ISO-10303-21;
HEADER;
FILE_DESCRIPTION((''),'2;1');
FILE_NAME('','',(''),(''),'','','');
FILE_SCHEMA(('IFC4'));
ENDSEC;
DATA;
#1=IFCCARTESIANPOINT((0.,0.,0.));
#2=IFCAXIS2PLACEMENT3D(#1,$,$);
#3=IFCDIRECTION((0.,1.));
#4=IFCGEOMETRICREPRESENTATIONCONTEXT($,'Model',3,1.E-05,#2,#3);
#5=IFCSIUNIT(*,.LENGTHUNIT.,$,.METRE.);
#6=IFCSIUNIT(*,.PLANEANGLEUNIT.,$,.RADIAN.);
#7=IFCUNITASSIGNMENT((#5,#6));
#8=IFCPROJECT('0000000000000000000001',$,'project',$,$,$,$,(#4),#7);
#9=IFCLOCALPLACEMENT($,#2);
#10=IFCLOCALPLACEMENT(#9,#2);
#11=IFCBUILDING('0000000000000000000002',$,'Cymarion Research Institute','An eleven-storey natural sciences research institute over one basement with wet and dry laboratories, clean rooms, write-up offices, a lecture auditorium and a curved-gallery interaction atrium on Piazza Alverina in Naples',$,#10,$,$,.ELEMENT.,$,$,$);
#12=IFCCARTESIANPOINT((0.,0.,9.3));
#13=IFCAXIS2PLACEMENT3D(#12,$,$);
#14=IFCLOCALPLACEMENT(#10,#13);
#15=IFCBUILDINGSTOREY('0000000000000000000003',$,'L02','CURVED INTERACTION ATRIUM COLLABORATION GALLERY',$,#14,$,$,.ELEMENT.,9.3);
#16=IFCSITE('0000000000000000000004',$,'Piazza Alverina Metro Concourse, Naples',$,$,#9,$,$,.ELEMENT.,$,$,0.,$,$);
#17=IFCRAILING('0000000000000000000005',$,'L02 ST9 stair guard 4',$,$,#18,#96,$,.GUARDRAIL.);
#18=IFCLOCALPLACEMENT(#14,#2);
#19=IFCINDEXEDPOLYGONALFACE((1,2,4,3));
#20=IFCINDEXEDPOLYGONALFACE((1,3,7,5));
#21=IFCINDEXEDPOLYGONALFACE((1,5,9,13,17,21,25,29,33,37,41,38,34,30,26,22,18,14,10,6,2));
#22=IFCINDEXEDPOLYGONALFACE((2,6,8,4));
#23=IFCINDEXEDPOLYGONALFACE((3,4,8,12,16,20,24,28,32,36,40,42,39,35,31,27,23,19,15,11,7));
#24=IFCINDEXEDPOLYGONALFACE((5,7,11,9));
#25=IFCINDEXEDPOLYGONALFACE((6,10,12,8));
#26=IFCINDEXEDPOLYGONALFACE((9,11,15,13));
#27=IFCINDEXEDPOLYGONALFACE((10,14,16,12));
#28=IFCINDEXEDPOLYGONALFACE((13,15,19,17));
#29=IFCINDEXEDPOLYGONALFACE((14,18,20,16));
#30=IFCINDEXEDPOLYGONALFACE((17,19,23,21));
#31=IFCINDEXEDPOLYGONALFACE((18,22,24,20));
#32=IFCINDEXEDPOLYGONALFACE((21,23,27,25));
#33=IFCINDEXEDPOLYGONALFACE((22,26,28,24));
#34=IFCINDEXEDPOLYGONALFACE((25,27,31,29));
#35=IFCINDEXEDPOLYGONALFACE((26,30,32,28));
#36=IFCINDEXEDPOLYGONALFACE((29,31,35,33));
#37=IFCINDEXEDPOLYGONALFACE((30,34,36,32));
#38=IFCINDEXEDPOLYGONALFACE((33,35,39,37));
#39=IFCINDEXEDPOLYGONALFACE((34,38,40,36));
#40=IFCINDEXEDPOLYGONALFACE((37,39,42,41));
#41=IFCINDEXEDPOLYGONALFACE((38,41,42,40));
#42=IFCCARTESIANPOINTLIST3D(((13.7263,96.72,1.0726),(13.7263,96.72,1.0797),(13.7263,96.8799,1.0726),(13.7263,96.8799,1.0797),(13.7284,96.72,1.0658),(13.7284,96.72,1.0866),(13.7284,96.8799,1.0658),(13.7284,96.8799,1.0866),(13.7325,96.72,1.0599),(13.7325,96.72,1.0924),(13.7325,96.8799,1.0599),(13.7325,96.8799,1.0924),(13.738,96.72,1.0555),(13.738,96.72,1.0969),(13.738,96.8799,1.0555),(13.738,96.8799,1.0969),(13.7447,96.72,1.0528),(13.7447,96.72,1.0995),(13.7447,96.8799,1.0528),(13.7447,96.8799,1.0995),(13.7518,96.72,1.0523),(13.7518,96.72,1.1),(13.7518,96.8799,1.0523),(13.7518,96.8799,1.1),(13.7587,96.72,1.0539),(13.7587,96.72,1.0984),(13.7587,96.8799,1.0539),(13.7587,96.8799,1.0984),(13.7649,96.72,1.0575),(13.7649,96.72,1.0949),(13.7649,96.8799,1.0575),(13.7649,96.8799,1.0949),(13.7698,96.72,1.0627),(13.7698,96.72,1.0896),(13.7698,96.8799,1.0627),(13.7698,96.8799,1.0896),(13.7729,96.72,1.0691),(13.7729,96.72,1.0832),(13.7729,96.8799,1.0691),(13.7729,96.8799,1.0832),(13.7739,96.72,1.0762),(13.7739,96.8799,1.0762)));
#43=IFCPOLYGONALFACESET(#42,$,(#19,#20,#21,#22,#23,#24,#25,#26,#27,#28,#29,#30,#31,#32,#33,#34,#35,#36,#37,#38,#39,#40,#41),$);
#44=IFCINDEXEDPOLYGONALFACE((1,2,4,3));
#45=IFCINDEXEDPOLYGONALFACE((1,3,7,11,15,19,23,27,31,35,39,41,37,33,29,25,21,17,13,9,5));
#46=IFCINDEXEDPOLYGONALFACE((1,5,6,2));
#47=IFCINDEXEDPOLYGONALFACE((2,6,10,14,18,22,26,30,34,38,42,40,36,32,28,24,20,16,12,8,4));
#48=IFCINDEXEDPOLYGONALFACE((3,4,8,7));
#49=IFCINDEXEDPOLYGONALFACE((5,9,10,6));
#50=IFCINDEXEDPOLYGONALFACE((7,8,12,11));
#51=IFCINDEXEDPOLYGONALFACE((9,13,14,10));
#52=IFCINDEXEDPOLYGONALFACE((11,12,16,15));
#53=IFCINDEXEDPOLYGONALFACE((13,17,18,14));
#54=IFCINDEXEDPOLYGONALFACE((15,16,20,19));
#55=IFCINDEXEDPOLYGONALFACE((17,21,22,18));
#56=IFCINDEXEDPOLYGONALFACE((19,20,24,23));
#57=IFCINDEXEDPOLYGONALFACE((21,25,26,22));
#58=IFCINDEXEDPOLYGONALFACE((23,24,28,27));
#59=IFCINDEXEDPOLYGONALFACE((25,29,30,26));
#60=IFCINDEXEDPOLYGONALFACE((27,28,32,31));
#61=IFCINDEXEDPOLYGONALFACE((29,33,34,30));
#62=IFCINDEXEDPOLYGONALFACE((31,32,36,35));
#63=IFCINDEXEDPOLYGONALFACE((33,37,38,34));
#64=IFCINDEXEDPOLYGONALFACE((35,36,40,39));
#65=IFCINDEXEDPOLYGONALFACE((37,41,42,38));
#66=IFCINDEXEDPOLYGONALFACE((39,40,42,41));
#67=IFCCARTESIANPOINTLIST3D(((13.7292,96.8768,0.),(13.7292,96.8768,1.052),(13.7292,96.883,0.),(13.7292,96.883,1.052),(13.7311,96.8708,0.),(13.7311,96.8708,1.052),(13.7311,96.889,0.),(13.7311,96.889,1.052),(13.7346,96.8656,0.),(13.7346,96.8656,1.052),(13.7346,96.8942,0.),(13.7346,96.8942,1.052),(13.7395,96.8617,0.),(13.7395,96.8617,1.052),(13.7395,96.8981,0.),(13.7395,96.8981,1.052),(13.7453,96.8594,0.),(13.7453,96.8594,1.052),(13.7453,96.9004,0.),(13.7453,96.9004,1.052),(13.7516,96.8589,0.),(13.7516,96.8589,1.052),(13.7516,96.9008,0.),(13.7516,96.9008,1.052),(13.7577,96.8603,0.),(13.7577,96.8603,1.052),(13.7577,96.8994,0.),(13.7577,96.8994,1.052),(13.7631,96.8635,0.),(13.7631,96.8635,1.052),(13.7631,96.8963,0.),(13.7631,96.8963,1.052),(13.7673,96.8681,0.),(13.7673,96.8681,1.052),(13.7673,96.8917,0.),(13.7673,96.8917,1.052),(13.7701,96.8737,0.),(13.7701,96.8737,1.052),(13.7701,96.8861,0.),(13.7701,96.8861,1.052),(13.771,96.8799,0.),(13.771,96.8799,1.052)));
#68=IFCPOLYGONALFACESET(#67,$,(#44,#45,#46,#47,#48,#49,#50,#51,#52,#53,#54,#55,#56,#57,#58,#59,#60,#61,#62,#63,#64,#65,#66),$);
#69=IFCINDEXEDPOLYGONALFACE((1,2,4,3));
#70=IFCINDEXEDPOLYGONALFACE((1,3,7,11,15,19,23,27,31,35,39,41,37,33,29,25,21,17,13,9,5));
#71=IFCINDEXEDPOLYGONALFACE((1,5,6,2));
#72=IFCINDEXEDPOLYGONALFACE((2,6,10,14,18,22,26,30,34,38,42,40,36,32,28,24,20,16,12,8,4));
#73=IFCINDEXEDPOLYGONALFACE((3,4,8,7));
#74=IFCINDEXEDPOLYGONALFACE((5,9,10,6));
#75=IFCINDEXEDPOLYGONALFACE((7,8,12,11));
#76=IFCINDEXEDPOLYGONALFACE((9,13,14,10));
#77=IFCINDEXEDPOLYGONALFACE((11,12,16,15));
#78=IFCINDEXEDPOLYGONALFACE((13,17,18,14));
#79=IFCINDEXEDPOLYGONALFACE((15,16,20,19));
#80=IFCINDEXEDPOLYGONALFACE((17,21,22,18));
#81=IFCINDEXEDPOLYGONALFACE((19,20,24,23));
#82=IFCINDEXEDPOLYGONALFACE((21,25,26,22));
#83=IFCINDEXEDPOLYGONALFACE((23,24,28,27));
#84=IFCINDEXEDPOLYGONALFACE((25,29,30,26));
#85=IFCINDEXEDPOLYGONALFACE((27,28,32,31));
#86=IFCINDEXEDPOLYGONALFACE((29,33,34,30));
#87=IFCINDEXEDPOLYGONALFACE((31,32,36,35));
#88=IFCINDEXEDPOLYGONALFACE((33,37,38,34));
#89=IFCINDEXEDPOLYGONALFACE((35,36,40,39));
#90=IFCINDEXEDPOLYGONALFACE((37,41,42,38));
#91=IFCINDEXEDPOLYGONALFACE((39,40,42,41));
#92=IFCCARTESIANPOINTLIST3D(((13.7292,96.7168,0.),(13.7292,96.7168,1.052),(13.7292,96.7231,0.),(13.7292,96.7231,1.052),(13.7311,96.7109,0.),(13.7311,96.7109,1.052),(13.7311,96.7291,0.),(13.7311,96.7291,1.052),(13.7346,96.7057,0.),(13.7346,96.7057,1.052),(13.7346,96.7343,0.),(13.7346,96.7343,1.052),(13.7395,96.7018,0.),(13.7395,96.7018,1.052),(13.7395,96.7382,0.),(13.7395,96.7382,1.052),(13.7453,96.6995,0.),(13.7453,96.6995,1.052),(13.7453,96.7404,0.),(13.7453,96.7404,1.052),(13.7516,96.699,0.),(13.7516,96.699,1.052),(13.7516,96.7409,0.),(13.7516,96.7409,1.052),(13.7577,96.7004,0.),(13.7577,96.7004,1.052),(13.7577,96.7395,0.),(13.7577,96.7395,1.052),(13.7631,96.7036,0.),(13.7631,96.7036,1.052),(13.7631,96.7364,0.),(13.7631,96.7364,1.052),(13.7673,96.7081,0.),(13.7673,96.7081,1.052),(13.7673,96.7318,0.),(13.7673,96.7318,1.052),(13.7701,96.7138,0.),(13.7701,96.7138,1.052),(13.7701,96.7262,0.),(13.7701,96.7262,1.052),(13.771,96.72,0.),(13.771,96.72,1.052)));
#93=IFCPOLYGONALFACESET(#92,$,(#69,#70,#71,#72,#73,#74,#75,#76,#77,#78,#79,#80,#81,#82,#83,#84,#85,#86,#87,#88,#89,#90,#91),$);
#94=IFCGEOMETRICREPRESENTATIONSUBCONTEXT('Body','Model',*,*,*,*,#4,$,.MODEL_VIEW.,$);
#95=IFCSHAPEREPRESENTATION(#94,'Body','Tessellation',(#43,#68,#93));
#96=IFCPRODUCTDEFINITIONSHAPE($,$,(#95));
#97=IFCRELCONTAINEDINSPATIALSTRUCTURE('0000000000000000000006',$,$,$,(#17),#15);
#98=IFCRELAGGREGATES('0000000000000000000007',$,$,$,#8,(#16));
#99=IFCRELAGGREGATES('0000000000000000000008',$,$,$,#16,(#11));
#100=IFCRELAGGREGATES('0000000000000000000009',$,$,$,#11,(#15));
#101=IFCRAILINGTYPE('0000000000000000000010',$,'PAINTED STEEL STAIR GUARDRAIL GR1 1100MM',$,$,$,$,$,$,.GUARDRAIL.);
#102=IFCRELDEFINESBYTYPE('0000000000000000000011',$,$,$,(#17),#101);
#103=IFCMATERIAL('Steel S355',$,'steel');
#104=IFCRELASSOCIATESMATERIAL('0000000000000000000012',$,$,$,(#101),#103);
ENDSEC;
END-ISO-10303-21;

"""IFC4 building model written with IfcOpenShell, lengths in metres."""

from ifc_helpers import new_model, si_unit, direction, frame, origin, origin_2d, place, context, subcontext, project, spatial, circle, extrude, material, type_object, element, save


model = new_model("IFC4")

# Units and contexts
model_context = context("Model", 3, precision=1e-05, world=origin(), true_north=direction((0.0, 1.0)))
body_context = subcontext(model_context, "Body", "Model", "MODEL_VIEW")
ifc_project = project(units=[si_unit("LENGTHUNIT", "METRE"), si_unit("PLANEANGLEUNIT", "RADIAN")], contexts=[model_context])

# Site, building, storey
site_placement = place(None, origin())
site = spatial("IfcSite", under=ifc_project, at=site_placement, Name="Piazza Alverina Metro Concourse, Naples", CompositionType="ELEMENT", RefElevation=0.0)
building_placement = place(site_placement, origin())
building = spatial("IfcBuilding", under=site, at=building_placement, Name="Cymarion Research Institute", Description="An eleven-storey natural sciences research institute over one basement with wet and dry laboratories, clean rooms, write-up offices, a lecture auditorium and a curved-gallery interaction atrium on Piazza Alverina in Naples", CompositionType="ELEMENT")
storey_placement = place(building_placement, frame((0.0, 0.0, 9.3)))
storey = spatial("IfcBuildingStorey", under=building, at=storey_placement, Name="L02", Description="CURVED INTERACTION ATRIUM COLLABORATION GALLERY", CompositionType="ELEMENT", Elevation=9.3)

# Shared definitions
ifc_material_1 = material(Name="Steel S355", Category="steel")

# Railing
railing_type_1 = type_object("IfcRailingType", Name="PAINTED STEEL STAIR GUARDRAIL GR1 1100MM", PredefinedType="GUARDRAIL", material=ifc_material_1)
railing_1_placement = place(storey_placement, frame((13.75, 96.8799, 0.0)))
element("IfcRailing", 1, at=railing_1_placement, inside=storey, type_object=railing_type_1, Name="L02 ST9 stair guard 4", PredefinedType="GUARDRAIL", context=body_context, shape_type="SweptSolid", body=[
    extrude(circle(Radius=0.0239, at=origin_2d()), frame((0.0, 0.0, 1.0762), z_axis=(0.0, -1.0, 0.0), x_axis=(1.0, 0.0, 0.0)), (0.0, 0.0, 1.0), 0.1599),
    extrude(circle(Radius=0.021, at=origin_2d()), origin(), (0.0, 0.0, 1.0), 1.052),
    extrude(circle(Radius=0.021, at=origin_2d()), frame((0.0, -0.1599, 0.0)), (0.0, 0.0, 1.0), 1.052),
])

save(model, "model.ifc")
